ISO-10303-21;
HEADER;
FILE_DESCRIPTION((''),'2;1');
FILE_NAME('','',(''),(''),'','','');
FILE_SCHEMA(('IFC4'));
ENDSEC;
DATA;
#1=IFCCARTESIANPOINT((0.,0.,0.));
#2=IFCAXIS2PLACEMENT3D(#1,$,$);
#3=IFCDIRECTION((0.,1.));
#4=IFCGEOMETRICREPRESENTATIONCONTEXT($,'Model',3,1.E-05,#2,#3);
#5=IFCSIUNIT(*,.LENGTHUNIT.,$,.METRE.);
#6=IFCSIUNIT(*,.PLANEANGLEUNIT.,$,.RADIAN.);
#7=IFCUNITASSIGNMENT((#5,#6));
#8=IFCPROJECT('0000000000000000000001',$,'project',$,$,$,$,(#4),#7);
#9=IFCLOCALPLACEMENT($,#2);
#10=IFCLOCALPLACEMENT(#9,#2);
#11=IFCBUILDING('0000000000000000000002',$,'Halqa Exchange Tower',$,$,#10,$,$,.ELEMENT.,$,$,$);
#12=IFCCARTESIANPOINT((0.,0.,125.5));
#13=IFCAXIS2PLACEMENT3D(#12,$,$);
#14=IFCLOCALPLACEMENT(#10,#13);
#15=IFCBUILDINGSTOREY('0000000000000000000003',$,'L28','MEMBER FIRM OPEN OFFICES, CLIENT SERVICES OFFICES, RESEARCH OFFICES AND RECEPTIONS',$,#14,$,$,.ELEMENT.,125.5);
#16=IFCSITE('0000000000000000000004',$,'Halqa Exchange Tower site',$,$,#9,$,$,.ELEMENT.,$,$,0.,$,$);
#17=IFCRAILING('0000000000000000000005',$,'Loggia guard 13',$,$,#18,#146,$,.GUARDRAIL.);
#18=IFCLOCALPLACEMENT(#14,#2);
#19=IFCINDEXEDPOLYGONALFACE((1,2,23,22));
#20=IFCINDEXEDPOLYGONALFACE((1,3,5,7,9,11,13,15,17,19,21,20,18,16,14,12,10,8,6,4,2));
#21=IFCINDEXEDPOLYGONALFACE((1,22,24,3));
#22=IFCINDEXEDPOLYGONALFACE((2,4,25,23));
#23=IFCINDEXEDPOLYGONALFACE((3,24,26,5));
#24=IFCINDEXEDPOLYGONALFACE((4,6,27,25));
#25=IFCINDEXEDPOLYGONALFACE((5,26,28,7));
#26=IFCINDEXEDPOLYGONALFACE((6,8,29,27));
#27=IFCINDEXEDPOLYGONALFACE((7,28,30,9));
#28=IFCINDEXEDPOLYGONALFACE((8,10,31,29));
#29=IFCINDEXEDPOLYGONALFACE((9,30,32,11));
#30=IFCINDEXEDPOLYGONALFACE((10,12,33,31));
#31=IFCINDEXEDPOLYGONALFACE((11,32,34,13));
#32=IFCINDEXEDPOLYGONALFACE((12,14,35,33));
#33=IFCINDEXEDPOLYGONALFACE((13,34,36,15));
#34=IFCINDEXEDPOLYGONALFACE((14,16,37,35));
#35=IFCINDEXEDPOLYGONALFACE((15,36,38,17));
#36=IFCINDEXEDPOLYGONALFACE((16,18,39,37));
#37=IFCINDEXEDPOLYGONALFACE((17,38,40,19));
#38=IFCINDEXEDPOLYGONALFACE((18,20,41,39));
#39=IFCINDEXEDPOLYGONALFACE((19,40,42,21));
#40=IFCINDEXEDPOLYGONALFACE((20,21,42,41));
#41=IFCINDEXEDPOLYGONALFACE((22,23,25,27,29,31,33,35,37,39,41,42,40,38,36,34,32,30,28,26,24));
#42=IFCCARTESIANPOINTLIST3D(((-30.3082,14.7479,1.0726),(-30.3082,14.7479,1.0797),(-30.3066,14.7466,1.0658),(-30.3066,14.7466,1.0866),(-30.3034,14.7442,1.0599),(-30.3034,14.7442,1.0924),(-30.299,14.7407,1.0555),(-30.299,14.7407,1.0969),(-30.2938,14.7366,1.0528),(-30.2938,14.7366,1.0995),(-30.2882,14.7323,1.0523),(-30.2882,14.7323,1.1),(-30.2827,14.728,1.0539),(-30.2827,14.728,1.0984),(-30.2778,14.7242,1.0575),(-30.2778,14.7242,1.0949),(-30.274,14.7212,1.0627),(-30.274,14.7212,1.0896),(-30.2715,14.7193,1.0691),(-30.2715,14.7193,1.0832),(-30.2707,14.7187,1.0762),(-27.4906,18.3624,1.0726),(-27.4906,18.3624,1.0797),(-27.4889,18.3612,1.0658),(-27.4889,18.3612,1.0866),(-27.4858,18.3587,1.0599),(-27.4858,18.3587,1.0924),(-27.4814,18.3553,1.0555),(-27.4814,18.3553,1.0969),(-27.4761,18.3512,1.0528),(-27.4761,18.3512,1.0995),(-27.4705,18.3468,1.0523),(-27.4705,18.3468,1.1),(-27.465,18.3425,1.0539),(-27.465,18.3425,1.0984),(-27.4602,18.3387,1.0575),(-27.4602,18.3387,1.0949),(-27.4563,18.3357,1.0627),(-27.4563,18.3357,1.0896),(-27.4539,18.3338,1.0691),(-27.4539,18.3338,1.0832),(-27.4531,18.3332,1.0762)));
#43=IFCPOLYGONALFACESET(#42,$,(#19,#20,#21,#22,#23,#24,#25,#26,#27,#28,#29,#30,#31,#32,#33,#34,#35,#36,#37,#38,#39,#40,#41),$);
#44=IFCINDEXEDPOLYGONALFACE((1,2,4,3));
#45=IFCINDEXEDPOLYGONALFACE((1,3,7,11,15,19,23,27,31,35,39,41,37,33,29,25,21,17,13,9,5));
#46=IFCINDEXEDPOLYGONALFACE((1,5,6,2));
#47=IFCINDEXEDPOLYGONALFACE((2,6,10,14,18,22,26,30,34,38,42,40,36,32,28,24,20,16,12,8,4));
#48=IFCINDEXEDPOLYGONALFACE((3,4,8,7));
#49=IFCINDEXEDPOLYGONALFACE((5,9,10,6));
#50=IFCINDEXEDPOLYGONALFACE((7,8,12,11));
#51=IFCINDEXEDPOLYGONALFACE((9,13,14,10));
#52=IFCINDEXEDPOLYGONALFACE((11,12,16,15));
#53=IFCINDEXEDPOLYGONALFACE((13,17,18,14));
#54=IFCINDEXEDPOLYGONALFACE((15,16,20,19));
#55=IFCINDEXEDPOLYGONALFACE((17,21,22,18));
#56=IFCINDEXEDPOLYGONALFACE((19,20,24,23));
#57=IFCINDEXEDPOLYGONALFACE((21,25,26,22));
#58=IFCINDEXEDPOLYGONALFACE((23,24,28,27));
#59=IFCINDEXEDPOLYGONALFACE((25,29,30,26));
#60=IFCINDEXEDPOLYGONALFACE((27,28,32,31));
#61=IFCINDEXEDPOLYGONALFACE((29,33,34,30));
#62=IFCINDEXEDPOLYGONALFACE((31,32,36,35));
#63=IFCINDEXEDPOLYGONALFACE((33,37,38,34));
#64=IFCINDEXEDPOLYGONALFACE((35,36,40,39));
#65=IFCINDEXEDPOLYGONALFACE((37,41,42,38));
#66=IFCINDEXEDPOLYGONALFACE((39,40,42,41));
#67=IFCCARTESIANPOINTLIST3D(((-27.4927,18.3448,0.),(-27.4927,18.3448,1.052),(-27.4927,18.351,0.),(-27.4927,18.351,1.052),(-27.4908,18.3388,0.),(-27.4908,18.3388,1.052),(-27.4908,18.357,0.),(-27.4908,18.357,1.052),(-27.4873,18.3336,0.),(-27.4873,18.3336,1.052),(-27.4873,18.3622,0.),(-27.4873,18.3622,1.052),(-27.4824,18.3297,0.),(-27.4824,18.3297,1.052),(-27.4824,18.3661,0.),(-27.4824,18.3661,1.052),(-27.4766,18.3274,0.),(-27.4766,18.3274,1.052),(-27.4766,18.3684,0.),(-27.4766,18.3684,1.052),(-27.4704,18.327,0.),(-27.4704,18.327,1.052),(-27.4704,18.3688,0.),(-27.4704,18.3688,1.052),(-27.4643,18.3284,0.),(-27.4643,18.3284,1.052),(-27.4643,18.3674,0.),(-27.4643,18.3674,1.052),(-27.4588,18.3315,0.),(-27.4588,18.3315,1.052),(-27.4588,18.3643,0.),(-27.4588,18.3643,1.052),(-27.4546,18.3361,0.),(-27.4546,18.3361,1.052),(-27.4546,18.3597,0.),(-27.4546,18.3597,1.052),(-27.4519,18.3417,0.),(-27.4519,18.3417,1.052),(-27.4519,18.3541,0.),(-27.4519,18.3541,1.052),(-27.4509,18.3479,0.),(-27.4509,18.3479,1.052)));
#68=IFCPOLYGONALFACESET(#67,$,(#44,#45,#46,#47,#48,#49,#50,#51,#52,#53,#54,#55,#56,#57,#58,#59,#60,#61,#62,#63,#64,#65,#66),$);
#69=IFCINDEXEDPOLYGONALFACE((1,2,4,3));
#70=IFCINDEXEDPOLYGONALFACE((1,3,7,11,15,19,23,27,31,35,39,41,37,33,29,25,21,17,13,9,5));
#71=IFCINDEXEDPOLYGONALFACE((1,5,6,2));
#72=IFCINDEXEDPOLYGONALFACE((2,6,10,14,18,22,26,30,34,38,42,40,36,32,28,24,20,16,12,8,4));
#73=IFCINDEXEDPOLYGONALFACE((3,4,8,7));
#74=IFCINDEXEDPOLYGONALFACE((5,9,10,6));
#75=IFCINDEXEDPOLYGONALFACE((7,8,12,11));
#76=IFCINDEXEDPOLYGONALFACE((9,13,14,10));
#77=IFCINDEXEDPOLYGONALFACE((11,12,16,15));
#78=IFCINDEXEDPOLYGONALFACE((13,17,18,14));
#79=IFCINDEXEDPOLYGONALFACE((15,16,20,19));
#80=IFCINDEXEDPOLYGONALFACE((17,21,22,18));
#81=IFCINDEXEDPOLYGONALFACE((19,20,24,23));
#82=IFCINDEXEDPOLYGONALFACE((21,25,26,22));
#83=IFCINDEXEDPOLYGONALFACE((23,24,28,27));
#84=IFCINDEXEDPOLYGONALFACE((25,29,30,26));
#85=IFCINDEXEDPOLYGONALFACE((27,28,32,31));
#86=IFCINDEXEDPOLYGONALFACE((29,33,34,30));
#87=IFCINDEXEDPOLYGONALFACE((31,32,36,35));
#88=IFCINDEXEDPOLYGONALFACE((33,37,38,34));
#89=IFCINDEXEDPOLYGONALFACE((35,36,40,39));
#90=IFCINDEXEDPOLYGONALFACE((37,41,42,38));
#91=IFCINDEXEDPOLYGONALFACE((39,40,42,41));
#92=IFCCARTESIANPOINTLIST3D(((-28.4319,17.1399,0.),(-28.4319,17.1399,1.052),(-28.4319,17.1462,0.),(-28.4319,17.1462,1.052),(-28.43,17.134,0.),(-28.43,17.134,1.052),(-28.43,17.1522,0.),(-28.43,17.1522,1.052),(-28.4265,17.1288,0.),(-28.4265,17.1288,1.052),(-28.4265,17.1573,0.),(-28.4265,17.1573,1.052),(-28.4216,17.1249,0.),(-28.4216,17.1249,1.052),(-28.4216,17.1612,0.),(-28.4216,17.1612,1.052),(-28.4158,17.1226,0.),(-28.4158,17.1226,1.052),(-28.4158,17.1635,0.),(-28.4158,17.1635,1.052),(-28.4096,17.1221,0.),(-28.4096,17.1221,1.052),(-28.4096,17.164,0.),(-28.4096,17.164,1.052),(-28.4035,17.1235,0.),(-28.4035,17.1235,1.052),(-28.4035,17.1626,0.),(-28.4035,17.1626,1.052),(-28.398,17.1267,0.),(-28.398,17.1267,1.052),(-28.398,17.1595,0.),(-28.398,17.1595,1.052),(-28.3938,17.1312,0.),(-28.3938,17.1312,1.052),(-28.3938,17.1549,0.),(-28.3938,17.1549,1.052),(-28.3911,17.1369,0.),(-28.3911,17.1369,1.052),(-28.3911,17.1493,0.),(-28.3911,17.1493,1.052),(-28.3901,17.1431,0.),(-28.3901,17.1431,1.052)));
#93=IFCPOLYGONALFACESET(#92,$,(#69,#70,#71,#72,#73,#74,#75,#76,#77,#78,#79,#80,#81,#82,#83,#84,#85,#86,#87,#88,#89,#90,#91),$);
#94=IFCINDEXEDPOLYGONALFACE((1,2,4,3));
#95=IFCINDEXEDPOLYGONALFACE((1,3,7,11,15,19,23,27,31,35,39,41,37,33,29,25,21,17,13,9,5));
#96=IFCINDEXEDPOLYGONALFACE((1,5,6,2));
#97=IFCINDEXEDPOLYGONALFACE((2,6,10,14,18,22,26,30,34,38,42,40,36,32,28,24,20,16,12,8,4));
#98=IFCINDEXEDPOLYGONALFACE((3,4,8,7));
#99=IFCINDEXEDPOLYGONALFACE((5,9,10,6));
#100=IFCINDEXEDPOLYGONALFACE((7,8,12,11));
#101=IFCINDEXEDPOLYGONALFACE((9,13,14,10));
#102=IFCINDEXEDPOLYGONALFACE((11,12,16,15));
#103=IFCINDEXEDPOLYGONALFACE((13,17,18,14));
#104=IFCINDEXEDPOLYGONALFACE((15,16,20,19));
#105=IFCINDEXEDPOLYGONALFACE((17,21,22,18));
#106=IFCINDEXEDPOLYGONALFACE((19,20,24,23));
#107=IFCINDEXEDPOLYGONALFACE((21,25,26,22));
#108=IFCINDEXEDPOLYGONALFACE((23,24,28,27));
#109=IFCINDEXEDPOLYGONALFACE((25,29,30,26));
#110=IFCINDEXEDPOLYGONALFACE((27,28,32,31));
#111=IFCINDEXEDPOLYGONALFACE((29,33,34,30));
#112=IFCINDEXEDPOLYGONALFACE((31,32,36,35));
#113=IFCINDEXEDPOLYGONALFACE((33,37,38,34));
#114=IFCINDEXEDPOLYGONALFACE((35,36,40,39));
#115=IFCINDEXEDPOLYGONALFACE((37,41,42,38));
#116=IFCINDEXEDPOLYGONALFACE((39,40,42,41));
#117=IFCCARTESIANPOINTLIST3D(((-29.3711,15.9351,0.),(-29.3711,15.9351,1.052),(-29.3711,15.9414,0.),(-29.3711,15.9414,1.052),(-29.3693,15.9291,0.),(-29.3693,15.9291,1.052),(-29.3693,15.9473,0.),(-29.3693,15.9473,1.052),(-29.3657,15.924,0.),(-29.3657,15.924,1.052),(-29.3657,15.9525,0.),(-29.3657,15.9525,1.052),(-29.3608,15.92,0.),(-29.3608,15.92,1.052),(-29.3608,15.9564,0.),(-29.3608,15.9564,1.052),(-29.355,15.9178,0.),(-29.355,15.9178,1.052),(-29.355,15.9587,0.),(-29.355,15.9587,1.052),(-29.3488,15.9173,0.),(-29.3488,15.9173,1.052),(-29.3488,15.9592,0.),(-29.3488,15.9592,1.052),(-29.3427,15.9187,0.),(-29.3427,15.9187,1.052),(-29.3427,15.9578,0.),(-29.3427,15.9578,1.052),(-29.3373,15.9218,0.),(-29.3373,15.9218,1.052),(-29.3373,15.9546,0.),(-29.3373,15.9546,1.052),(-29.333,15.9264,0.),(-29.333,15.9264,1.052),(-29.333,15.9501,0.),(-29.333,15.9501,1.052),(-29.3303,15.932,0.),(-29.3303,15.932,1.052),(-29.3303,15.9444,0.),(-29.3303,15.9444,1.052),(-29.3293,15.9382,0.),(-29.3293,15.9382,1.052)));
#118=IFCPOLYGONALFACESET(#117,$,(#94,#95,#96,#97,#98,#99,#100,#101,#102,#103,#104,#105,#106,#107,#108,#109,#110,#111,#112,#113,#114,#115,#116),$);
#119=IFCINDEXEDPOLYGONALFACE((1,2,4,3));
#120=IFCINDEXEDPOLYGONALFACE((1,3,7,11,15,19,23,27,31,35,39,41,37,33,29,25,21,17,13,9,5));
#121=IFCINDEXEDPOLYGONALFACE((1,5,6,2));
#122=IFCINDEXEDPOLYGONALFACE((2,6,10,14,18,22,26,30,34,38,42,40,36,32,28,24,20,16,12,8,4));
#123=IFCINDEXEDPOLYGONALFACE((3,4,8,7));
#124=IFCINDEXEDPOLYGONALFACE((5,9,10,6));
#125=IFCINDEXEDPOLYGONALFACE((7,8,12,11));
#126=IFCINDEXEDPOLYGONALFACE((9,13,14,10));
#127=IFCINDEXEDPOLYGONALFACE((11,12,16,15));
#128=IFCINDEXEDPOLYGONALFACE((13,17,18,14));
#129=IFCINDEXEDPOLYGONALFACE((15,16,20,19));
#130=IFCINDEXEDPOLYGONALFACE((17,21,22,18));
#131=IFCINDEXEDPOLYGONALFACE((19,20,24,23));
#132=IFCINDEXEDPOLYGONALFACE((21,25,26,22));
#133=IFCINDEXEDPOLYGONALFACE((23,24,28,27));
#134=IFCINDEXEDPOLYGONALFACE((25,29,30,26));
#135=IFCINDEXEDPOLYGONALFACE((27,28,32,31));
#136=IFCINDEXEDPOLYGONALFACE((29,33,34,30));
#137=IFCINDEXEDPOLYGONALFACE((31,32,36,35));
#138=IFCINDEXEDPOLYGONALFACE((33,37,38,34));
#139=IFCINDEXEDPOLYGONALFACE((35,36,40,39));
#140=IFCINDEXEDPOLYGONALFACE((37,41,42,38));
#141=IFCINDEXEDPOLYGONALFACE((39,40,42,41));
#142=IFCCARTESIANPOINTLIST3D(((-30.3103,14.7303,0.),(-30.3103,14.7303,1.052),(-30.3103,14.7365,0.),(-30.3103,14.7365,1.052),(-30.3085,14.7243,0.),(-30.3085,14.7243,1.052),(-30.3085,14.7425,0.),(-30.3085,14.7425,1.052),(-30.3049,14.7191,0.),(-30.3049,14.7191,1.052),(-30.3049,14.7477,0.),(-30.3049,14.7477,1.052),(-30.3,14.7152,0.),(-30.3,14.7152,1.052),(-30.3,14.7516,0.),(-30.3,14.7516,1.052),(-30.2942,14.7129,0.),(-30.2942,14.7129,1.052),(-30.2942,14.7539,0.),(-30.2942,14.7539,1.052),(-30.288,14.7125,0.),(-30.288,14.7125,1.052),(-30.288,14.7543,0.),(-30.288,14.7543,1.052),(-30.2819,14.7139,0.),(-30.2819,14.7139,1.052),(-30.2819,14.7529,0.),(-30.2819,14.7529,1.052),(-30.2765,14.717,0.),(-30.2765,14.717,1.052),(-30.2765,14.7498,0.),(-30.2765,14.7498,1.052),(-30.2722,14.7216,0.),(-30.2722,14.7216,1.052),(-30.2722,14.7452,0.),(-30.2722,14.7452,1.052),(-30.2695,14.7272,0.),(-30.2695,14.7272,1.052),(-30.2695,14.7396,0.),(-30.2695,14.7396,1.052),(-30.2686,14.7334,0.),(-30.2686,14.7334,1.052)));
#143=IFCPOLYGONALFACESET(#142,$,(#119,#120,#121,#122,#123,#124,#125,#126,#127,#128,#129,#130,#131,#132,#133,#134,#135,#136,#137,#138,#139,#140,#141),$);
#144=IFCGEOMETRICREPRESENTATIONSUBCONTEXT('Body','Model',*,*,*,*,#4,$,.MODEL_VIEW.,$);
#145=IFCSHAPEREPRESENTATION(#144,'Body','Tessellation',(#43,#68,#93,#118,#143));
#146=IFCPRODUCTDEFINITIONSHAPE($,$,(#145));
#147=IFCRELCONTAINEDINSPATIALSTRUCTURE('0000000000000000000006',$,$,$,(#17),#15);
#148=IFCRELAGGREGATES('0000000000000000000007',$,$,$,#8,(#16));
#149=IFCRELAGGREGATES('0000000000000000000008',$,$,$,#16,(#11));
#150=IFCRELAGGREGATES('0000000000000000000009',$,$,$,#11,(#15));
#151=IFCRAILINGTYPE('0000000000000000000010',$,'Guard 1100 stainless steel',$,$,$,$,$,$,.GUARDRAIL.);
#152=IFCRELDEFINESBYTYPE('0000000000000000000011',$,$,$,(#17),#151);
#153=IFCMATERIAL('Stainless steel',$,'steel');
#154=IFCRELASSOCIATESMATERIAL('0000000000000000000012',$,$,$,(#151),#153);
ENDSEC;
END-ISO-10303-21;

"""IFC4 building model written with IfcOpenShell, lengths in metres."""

from ifc_helpers import new_model, si_unit, direction, frame, origin, origin_2d, place, context, subcontext, project, spatial, circle, extrude, material, type_object, element, save


model = new_model("IFC4")

# Units and contexts
model_context = context("Model", 3, precision=1e-05, world=origin(), true_north=direction((0.0, 1.0)))
body_context = subcontext(model_context, "Body", "Model", "MODEL_VIEW")
ifc_project = project(units=[si_unit("LENGTHUNIT", "METRE"), si_unit("PLANEANGLEUNIT", "RADIAN")], contexts=[model_context])

# Site, building, storey
site_placement = place(None, origin())
site = spatial("IfcSite", under=ifc_project, at=site_placement, Name="Halqa Exchange Tower site", CompositionType="ELEMENT", RefElevation=0.0)
building_placement = place(site_placement, origin())
building = spatial("IfcBuilding", under=site, at=building_placement, Name="Halqa Exchange Tower", CompositionType="ELEMENT")
storey_placement = place(building_placement, frame((0.0, 0.0, 125.5)))
storey = spatial("IfcBuildingStorey", under=building, at=storey_placement, Name="L28", Description="MEMBER FIRM OPEN OFFICES, CLIENT SERVICES OFFICES, RESEARCH OFFICES AND RECEPTIONS", CompositionType="ELEMENT", Elevation=125.5)

# Railing
ifc_material_1 = material(Name="Stainless steel", Category="steel")
railing_type = type_object("IfcRailingType", Name="Guard 1100 stainless steel", PredefinedType="GUARDRAIL", material=ifc_material_1)
railing_1_placement = place(storey_placement, frame((-27.4719, 18.3479, 0.0)))
element("IfcRailing", 1, at=railing_1_placement, inside=storey, type_object=railing_type, Name="Loggia guard 13", PredefinedType="GUARDRAIL", context=body_context, shape_type="SweptSolid", body=[
    extrude(circle(Radius=0.0239, at=origin_2d()), frame((0.0, 0.0, 1.0762), z_axis=(-0.614803, -0.788681, 0.0), x_axis=(0.788681, -0.614803, 0.0)), (0.0, 0.0, 1.0), 4.583),
    extrude(circle(Radius=0.021, at=origin_2d()), origin(), (0.0, 0.0, 1.0), 1.052),
    extrude(circle(Radius=0.021, at=origin_2d()), frame((-0.9392, -1.2048, 0.0)), (0.0, 0.0, 1.0), 1.052),
    extrude(circle(Radius=0.021, at=origin_2d()), frame((-1.8784, -2.4097, 0.0)), (0.0, 0.0, 1.0), 1.052),
    extrude(circle(Radius=0.021, at=origin_2d()), frame((-2.8176, -3.6145, 0.0)), (0.0, 0.0, 1.0), 1.052),
])

save(model, "model.ifc")
